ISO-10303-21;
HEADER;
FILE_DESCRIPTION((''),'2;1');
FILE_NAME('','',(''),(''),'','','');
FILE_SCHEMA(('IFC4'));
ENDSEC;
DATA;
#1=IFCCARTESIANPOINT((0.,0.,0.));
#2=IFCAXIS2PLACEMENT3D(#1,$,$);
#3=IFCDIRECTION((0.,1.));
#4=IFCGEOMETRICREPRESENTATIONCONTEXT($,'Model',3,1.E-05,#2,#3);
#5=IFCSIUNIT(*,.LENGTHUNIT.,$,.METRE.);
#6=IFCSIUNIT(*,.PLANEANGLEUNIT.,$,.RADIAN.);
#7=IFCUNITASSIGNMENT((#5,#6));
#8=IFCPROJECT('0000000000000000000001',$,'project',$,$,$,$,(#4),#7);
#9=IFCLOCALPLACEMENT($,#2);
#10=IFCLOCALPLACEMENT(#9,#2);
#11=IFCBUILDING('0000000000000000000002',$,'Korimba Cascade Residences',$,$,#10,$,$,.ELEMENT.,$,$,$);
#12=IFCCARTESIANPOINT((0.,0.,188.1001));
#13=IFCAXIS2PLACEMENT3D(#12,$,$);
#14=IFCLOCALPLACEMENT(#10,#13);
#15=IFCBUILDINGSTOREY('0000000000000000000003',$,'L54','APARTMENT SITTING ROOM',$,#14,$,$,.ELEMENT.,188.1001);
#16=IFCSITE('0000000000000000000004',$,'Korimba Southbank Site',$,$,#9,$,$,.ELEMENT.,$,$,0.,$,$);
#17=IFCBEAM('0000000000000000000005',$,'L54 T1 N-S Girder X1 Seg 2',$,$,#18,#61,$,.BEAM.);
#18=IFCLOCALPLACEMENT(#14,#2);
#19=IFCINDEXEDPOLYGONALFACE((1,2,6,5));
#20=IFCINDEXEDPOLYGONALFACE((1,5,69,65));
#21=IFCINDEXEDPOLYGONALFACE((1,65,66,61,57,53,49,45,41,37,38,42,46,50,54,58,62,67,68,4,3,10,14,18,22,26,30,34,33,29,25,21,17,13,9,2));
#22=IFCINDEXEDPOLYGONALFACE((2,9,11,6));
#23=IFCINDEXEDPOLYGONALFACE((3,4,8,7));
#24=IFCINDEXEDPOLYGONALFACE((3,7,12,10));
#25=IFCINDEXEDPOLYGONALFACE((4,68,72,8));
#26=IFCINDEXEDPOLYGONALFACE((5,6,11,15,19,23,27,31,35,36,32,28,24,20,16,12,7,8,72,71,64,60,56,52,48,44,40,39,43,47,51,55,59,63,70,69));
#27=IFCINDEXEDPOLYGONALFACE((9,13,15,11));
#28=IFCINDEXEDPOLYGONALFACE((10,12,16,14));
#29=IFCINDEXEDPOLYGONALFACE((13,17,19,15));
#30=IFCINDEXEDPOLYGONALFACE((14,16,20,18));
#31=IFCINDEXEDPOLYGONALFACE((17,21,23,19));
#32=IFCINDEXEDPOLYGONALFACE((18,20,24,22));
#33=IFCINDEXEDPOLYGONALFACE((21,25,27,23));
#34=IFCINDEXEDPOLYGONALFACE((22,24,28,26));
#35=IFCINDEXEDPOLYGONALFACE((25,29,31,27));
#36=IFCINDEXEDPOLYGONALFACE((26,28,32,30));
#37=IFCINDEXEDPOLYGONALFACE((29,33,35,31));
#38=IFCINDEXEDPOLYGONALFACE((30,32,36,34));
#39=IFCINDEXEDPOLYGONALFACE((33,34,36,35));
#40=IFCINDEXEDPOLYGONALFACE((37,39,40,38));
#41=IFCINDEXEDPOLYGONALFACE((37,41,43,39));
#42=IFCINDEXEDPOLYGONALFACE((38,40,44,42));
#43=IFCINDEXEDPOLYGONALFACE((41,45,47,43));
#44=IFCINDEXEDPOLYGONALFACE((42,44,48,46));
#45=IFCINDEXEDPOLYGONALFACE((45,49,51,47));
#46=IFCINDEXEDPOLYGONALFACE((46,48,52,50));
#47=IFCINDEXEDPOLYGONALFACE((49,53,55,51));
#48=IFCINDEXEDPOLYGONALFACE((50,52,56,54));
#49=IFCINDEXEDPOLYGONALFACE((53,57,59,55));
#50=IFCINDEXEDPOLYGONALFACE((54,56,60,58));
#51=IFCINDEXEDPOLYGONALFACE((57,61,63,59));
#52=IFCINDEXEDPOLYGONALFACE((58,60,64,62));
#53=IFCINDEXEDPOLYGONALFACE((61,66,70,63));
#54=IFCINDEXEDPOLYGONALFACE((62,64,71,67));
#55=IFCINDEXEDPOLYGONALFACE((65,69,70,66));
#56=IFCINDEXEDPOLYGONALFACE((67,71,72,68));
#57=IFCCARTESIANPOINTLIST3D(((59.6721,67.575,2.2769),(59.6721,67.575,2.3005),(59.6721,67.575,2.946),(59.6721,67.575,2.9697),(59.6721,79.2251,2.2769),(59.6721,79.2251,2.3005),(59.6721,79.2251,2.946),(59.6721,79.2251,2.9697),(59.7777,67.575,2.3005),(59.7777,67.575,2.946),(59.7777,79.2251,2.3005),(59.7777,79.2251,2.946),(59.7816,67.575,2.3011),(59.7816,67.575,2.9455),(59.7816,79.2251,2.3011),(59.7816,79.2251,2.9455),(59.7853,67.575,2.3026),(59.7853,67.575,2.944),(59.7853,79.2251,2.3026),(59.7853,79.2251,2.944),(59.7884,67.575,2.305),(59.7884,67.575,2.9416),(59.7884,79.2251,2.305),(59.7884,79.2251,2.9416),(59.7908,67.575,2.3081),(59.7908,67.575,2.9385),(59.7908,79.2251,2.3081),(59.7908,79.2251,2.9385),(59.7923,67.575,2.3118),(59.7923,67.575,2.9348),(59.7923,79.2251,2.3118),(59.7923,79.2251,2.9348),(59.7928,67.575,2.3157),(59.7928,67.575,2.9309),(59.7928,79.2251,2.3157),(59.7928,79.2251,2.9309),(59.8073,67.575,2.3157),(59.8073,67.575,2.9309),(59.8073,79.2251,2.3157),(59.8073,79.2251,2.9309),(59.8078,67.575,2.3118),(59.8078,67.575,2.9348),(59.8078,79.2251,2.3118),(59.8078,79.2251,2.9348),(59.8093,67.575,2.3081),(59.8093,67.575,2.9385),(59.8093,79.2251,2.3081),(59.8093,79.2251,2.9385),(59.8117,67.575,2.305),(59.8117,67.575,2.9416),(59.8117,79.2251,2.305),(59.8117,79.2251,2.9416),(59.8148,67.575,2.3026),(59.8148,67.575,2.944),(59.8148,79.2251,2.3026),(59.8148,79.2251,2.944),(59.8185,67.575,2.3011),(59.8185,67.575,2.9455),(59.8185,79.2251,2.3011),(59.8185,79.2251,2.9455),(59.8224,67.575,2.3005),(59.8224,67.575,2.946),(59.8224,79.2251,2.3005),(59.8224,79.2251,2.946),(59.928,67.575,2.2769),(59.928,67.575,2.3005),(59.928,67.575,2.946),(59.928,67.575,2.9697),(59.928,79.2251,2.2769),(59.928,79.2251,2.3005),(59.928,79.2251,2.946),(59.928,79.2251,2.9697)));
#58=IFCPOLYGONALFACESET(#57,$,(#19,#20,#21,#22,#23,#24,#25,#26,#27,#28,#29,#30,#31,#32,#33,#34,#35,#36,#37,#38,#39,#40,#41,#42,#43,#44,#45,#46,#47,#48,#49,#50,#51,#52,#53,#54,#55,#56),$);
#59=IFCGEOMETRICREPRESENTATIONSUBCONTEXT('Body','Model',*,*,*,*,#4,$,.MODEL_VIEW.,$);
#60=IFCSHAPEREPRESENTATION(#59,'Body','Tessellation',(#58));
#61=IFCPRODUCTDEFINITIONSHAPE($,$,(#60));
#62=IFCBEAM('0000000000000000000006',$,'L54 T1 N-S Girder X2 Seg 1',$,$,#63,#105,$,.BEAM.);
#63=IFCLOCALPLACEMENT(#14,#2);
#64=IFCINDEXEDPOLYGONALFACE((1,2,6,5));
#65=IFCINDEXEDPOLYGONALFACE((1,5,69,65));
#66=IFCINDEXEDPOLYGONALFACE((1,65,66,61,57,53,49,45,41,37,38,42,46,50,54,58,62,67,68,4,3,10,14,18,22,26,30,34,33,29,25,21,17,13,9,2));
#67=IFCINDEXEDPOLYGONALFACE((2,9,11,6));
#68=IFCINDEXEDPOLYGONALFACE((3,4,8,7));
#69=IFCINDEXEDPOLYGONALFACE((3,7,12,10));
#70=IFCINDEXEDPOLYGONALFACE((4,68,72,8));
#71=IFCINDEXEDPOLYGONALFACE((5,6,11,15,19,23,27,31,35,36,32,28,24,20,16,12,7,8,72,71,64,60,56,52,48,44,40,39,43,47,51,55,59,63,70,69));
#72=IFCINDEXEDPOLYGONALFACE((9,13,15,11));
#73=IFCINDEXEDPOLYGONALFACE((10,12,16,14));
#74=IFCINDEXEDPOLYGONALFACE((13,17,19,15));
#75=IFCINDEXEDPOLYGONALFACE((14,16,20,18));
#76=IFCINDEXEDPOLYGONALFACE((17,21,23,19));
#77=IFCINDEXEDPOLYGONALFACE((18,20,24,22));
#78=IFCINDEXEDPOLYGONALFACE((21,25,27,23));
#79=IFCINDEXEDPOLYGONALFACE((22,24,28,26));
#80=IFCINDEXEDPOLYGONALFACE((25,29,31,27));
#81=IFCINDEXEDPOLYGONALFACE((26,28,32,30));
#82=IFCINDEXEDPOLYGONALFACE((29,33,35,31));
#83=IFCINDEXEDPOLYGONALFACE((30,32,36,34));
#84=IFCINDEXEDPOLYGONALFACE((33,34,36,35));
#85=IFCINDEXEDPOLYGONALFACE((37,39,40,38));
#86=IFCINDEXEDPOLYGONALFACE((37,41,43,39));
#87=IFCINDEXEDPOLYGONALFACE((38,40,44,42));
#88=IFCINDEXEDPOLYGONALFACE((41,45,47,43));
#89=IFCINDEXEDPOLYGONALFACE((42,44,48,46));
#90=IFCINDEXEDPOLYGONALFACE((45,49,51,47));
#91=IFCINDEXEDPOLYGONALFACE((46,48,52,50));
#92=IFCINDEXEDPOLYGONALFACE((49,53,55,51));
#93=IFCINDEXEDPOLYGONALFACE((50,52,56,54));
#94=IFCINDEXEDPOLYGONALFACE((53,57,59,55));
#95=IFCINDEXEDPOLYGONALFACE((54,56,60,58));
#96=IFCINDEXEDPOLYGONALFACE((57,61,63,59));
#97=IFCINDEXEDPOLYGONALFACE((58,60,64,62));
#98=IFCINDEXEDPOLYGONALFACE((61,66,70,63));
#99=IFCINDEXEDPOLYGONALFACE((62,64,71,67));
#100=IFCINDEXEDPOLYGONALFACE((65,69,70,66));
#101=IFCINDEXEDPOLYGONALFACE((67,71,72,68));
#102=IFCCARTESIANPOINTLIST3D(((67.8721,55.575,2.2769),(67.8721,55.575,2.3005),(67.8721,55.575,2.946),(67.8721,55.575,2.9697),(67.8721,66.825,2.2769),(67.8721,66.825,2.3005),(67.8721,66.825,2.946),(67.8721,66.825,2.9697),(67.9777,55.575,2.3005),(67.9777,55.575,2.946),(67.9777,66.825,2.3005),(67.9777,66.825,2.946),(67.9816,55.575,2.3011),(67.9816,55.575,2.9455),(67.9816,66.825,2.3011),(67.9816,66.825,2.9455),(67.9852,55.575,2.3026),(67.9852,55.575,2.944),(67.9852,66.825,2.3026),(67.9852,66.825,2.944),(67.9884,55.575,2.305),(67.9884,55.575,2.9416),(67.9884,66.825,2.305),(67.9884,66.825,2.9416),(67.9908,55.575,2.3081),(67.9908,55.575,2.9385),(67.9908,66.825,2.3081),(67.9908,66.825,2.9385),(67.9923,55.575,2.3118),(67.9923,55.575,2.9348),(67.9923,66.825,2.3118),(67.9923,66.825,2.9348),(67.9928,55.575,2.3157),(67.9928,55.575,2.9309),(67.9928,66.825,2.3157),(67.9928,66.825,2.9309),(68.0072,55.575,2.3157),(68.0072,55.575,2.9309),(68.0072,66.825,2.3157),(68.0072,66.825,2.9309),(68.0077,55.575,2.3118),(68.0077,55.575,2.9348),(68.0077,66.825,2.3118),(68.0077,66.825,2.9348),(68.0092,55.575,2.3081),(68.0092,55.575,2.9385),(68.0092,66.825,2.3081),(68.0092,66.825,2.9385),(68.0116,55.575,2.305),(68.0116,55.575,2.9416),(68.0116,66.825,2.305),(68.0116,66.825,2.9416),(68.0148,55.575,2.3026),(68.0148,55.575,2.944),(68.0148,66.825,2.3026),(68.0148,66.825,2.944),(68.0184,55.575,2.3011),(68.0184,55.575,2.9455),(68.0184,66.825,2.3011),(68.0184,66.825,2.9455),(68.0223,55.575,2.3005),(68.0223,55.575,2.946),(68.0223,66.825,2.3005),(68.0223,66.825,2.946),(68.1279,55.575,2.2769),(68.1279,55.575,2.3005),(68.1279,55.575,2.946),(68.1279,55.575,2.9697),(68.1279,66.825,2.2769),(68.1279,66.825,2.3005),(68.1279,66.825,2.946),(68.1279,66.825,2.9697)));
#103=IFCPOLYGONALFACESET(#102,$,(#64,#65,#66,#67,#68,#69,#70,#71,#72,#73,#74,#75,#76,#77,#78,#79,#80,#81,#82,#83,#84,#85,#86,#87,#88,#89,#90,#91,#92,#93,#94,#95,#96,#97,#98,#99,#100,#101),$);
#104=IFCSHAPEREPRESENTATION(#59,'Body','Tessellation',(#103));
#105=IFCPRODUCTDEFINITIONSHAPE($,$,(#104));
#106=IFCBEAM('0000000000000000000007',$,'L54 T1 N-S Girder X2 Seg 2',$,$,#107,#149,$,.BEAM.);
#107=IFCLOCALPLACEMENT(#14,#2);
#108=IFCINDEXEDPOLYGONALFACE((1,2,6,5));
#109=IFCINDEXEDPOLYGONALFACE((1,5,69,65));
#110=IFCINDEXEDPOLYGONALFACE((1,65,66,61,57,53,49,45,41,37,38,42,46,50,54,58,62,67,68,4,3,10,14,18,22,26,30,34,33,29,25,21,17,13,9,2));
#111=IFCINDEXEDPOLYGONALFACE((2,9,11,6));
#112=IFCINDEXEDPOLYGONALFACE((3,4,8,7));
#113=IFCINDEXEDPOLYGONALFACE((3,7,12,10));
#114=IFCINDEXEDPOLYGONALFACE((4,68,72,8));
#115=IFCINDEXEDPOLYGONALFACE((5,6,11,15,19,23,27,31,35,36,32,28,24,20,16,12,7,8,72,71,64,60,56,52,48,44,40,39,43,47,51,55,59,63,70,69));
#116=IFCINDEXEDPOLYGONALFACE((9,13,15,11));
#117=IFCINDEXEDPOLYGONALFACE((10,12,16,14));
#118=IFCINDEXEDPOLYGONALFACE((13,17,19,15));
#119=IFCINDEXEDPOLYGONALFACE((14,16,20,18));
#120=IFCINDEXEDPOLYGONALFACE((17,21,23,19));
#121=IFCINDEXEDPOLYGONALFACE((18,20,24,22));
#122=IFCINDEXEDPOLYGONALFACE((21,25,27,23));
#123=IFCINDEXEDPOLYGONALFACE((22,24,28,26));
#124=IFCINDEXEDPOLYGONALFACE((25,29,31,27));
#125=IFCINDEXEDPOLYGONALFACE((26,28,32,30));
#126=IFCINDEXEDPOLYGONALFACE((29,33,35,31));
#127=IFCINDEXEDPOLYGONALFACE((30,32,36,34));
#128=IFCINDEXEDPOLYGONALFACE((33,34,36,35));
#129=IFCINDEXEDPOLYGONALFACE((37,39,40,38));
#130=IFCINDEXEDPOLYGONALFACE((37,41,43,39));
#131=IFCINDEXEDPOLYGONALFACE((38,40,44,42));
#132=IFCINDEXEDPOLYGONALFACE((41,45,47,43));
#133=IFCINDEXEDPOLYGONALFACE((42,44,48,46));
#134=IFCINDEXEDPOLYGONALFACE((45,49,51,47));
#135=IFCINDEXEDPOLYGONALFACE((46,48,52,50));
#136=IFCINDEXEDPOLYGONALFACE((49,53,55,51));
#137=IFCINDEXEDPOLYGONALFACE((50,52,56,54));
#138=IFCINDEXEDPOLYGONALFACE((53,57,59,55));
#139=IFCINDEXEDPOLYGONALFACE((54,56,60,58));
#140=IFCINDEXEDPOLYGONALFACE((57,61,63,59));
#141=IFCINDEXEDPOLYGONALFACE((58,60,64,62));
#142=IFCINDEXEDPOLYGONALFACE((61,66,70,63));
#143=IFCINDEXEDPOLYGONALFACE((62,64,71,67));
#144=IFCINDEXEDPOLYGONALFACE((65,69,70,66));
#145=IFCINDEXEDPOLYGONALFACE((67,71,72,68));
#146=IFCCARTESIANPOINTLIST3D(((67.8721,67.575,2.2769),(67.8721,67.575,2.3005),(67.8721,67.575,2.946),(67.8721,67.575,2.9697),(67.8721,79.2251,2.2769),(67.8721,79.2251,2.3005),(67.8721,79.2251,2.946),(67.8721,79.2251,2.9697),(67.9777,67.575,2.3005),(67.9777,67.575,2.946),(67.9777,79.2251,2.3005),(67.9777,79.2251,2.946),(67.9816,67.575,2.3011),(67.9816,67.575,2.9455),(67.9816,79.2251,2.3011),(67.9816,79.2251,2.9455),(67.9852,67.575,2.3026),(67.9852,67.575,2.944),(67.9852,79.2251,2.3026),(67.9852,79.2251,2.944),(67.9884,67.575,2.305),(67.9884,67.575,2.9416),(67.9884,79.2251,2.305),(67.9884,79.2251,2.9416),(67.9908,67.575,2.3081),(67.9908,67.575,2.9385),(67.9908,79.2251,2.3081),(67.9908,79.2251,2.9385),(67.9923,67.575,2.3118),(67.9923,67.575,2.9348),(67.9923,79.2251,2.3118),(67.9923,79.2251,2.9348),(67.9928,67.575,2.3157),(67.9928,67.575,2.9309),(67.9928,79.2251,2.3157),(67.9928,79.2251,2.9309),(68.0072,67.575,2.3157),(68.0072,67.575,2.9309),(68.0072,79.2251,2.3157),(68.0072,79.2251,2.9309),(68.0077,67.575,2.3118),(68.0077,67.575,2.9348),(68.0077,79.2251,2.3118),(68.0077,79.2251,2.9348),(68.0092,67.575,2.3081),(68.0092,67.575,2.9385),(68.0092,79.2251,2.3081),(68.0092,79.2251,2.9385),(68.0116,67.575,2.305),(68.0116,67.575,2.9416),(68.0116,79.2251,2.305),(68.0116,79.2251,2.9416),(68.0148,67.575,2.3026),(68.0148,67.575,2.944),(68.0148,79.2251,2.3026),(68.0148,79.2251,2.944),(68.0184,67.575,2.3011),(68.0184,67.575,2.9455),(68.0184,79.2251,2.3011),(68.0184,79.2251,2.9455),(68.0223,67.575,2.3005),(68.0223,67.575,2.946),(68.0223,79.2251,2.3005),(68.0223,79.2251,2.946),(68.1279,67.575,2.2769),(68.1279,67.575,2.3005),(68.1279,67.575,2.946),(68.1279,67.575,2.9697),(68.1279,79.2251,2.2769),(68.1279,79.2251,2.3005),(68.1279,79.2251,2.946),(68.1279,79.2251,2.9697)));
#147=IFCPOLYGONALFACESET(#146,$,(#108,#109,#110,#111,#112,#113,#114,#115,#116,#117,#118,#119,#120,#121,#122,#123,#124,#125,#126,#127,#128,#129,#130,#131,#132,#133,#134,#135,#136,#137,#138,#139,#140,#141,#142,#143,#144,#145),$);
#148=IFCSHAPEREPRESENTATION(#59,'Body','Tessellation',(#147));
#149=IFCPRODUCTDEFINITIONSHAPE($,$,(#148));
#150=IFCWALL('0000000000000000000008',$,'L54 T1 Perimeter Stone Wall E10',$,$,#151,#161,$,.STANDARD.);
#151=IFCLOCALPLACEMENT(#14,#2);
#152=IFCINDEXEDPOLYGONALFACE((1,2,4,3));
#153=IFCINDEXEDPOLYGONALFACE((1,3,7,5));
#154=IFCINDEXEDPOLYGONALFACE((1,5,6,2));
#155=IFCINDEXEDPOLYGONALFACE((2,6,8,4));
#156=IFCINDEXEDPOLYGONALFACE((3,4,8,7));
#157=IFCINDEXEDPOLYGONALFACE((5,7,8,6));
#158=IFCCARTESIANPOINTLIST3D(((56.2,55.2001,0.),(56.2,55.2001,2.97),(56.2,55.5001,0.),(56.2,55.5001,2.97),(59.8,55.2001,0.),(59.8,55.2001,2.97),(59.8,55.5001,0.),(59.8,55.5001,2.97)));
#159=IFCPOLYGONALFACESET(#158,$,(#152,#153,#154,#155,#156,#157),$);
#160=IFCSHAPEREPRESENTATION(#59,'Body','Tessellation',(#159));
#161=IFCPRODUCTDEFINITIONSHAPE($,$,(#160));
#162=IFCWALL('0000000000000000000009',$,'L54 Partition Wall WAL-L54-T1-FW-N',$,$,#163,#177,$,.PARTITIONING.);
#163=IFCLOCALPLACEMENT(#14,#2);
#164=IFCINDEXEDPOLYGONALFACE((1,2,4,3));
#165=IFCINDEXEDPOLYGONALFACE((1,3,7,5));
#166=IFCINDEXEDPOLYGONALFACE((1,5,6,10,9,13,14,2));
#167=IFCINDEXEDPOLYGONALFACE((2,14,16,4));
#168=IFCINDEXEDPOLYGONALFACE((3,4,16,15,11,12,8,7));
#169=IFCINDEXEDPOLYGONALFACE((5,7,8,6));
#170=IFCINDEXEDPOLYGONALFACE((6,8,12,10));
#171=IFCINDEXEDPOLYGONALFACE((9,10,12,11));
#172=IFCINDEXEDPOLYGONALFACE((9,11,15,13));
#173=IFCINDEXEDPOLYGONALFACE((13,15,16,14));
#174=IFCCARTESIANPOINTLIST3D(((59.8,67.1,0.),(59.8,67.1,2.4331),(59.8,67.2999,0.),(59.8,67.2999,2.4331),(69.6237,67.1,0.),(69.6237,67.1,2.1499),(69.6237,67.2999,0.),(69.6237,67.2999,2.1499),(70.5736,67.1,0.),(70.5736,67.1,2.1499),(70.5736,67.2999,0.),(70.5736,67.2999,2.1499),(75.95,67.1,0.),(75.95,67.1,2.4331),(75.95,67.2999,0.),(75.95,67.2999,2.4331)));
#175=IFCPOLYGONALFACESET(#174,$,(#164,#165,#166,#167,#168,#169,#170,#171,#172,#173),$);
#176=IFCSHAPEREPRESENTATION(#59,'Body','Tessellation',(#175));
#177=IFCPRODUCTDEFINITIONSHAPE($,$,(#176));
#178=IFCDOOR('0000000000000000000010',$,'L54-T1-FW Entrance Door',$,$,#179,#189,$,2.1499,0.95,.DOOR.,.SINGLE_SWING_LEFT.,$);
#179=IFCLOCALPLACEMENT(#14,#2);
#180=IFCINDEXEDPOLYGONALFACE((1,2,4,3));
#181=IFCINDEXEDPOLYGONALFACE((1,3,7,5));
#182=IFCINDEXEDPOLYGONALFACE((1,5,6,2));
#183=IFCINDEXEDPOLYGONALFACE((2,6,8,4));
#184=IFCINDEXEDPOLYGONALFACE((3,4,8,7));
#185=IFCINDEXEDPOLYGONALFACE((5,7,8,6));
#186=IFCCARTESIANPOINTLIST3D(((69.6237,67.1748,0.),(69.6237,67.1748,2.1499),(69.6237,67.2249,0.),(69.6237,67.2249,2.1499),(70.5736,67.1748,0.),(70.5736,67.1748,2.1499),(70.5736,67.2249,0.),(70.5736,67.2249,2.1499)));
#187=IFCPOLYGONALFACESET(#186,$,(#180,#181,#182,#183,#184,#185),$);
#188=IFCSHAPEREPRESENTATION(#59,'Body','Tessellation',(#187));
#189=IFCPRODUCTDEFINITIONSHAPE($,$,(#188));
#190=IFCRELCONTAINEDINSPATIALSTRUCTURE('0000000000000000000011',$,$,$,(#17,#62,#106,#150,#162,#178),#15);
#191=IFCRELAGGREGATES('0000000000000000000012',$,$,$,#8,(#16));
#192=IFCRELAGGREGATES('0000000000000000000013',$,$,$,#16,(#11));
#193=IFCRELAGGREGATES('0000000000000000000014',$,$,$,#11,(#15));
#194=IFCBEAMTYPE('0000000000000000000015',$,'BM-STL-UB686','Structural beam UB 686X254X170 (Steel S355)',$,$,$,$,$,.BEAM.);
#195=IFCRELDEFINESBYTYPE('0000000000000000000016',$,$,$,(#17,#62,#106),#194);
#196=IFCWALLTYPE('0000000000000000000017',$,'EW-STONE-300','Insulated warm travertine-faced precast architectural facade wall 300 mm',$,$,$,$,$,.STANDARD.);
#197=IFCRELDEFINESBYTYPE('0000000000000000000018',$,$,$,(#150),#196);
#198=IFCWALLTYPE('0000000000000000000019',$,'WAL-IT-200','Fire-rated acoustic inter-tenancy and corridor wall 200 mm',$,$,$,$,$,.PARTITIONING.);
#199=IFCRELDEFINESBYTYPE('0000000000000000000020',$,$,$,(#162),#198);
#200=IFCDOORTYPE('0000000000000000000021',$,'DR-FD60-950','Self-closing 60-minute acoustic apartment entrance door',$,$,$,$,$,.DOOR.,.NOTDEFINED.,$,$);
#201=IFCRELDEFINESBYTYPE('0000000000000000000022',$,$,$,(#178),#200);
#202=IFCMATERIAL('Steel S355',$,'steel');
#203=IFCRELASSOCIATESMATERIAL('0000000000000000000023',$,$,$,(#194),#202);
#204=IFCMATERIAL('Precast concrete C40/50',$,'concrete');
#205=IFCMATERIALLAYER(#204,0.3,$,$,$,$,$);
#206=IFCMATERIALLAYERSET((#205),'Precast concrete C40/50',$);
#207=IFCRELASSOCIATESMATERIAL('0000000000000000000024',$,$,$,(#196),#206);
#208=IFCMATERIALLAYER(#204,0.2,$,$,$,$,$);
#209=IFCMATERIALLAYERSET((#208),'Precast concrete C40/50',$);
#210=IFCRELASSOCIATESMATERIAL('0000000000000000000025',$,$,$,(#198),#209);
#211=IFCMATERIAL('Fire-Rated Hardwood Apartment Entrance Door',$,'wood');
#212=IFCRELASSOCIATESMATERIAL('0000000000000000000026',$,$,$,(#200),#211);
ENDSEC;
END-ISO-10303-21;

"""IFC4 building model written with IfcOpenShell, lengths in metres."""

from ifc_helpers import new_model, si_unit, direction, frame, frame_2d, origin, origin_2d, place, context, subcontext, project, spatial, rectangle, i_section, extrude, material, layer, layer_set, material_profile, profile_set, type_object, element, fill, save


model = new_model("IFC4")

# Units and contexts
model_context = context("Model", 3, precision=1e-05, world=origin(), true_north=direction((0.0, 1.0)))
body_context = subcontext(model_context, "Body", "Model", "MODEL_VIEW")
ifc_project = project(units=[si_unit("LENGTHUNIT", "METRE"), si_unit("PLANEANGLEUNIT", "RADIAN")], contexts=[model_context])

# Site, building, storey
site_placement = place(None, origin())
site = spatial("IfcSite", under=ifc_project, at=site_placement, Name="Korimba Southbank Site", CompositionType="ELEMENT", RefElevation=0.0)
building_placement = place(site_placement, origin())
building = spatial("IfcBuilding", under=site, at=building_placement, Name="Korimba Cascade Residences", CompositionType="ELEMENT")
storey_placement = place(building_placement, frame((0.0, 0.0, 188.1001)))
storey = spatial("IfcBuildingStorey", under=building, at=storey_placement, Name="L54", Description="APARTMENT SITTING ROOM", CompositionType="ELEMENT", Elevation=188.1001)

# Beams
ifc_material_1 = material(Name="Steel S355", Category="steel")
ifc_material_profile_1 = material_profile(ifc_material_1, i_section(OverallWidth=0.2559, OverallDepth=0.6929, WebThickness=0.0144, FlangeThickness=0.0237, FilletRadius=0.0151, at=origin_2d()), Name="Steel S355")
ifc_profile_set_1 = profile_set([ifc_material_profile_1], Name="Steel S355")
beam_type_1 = type_object("IfcBeamType", Name="BM-STL-UB686", Description="Structural beam UB 686X254X170 (Steel S355)", PredefinedType="BEAM", material=ifc_profile_set_1)
beam_1_placement = place(storey_placement, frame((59.8, 67.575, 2.6233), z_axis=(0.0, 1.0, 0.0), x_axis=(-1.0, 0.0, 0.0)))
element("IfcBeam", 1, at=beam_1_placement, inside=storey, type_object=beam_type_1, Name="L54 T1 N-S Girder X1 Seg 2", PredefinedType="BEAM", context=body_context, shape_type="SweptSolid", body=[
    extrude(i_section(OverallWidth=0.2559, OverallDepth=0.6929, WebThickness=0.0144, FlangeThickness=0.0237, FilletRadius=0.0151, at=origin_2d()), origin(), (0.0, 0.0, 1.0), 11.6501),
])
beam_2_placement = place(storey_placement, frame((68.0, 55.575, 2.6233), z_axis=(0.0, 1.0, 0.0), x_axis=(-1.0, 0.0, 0.0)))
element("IfcBeam", 2, at=beam_2_placement, inside=storey, type_object=beam_type_1, Name="L54 T1 N-S Girder X2 Seg 1", PredefinedType="BEAM", context=body_context, shape_type="SweptSolid", body=[
    extrude(i_section(OverallWidth=0.2559, OverallDepth=0.6929, WebThickness=0.0144, FlangeThickness=0.0237, FilletRadius=0.0151, at=origin_2d()), origin(), (0.0, 0.0, 1.0), 11.25),
])
beam_3_placement = place(storey_placement, frame((68.0, 67.575, 2.6233), z_axis=(0.0, 1.0, 0.0), x_axis=(-1.0, 0.0, 0.0)))
element("IfcBeam", 3, at=beam_3_placement, inside=storey, type_object=beam_type_1, Name="L54 T1 N-S Girder X2 Seg 2", PredefinedType="BEAM", context=body_context, shape_type="SweptSolid", body=[
    extrude(i_section(OverallWidth=0.2559, OverallDepth=0.6929, WebThickness=0.0144, FlangeThickness=0.0237, FilletRadius=0.0151, at=origin_2d()), origin(), (0.0, 0.0, 1.0), 11.6501),
])

# Wall
ifc_material_2 = material(Name="Precast concrete C40/50", Category="concrete")
ifc_layer_1 = layer(ifc_material_2, 0.3)
ifc_layer_set_1 = layer_set([ifc_layer_1], Name="Precast concrete C40/50")
wall_type_1 = type_object("IfcWallType", Name="EW-STONE-300", Description="Insulated warm travertine-faced precast architectural facade wall 300 mm", PredefinedType="STANDARD", material=ifc_layer_set_1)
wall_1_placement = place(storey_placement, frame((56.2, 55.3501, 0.0), z_axis=(0.0, 0.0, 1.0), x_axis=(1.0, 0.0, 0.0)))
element("IfcWall", 4, at=wall_1_placement, inside=storey, type_object=wall_type_1, Name="L54 T1 Perimeter Stone Wall E10", PredefinedType="STANDARD", context=body_context, shape_type="SweptSolid", body=[
    extrude(rectangle(XDim=3.6001, YDim=0.3, at=frame_2d((1.8, 0.0))), origin(), (0.0, 0.0, 1.0), 2.97),
])

# Wall, opening, door
ifc_layer_2 = layer(ifc_material_2, 0.2)
ifc_layer_set_2 = layer_set([ifc_layer_2], Name="Precast concrete C40/50")
wall_type_2 = type_object("IfcWallType", Name="WAL-IT-200", Description="Fire-rated acoustic inter-tenancy and corridor wall 200 mm", PredefinedType="PARTITIONING", material=ifc_layer_set_2)
wall_2_placement = place(storey_placement, frame((59.8, 67.2, 0.0), z_axis=(0.0, 0.0, 1.0), x_axis=(1.0, 0.0, 0.0)))
wall_2 = element("IfcWall", 5, at=wall_2_placement, inside=storey, type_object=wall_type_2, Name="L54 Partition Wall WAL-L54-T1-FW-N", PredefinedType="PARTITIONING", context=body_context, shape_type="SweptSolid", body=[
    extrude(rectangle(XDim=16.1499, YDim=0.2, at=frame_2d((8.075, 0.0))), origin(), (0.0, 0.0, 1.0), 2.4331),
])
opening_1_placement = place(wall_2_placement, frame((9.8235, 0.0, 0.0)))
opening_1 = element("IfcOpeningElement", 6, at=opening_1_placement, cuts=wall_2, PredefinedType="OPENING", context=body_context, shape_type="SweptSolid", body=[
    extrude(rectangle(XDim=0.95, YDim=2.1499, at=frame_2d((0.4751, 1.075))), frame((0.0, 0.1099, 0.0), z_axis=(0.0, -1.0, 0.0), x_axis=(1.0, 0.0, 0.0)), (0.0, 0.0, 1.0), 0.22),
])
ifc_material_3 = material(Name="Fire-Rated Hardwood Apartment Entrance Door", Category="wood")
door_type_1 = type_object("IfcDoorType", Name="DR-FD60-950", Description="Self-closing 60-minute acoustic apartment entrance door", OperationType="NOTDEFINED", PredefinedType="DOOR", material=ifc_material_3)
door_1_placement = place(opening_1_placement, origin())
door_1 = element("IfcDoor", 7, at=door_1_placement, inside=storey, type_object=door_type_1, Name="L54-T1-FW Entrance Door", OperationType="SINGLE_SWING_LEFT", OverallHeight=2.1499, OverallWidth=0.95, PredefinedType="DOOR", context=body_context, shape_type="SweptSolid", body=[
    extrude(rectangle(XDim=0.95, YDim=2.1499, at=frame_2d((0.4751, 1.075))), frame((0.0, 0.0249, 0.0), z_axis=(0.0, -1.0, 0.0), x_axis=(1.0, 0.0, 0.0)), (0.0, 0.0, 1.0), 0.05),
])
fill(opening_1, door_1)

save(model, "model.ifc")
